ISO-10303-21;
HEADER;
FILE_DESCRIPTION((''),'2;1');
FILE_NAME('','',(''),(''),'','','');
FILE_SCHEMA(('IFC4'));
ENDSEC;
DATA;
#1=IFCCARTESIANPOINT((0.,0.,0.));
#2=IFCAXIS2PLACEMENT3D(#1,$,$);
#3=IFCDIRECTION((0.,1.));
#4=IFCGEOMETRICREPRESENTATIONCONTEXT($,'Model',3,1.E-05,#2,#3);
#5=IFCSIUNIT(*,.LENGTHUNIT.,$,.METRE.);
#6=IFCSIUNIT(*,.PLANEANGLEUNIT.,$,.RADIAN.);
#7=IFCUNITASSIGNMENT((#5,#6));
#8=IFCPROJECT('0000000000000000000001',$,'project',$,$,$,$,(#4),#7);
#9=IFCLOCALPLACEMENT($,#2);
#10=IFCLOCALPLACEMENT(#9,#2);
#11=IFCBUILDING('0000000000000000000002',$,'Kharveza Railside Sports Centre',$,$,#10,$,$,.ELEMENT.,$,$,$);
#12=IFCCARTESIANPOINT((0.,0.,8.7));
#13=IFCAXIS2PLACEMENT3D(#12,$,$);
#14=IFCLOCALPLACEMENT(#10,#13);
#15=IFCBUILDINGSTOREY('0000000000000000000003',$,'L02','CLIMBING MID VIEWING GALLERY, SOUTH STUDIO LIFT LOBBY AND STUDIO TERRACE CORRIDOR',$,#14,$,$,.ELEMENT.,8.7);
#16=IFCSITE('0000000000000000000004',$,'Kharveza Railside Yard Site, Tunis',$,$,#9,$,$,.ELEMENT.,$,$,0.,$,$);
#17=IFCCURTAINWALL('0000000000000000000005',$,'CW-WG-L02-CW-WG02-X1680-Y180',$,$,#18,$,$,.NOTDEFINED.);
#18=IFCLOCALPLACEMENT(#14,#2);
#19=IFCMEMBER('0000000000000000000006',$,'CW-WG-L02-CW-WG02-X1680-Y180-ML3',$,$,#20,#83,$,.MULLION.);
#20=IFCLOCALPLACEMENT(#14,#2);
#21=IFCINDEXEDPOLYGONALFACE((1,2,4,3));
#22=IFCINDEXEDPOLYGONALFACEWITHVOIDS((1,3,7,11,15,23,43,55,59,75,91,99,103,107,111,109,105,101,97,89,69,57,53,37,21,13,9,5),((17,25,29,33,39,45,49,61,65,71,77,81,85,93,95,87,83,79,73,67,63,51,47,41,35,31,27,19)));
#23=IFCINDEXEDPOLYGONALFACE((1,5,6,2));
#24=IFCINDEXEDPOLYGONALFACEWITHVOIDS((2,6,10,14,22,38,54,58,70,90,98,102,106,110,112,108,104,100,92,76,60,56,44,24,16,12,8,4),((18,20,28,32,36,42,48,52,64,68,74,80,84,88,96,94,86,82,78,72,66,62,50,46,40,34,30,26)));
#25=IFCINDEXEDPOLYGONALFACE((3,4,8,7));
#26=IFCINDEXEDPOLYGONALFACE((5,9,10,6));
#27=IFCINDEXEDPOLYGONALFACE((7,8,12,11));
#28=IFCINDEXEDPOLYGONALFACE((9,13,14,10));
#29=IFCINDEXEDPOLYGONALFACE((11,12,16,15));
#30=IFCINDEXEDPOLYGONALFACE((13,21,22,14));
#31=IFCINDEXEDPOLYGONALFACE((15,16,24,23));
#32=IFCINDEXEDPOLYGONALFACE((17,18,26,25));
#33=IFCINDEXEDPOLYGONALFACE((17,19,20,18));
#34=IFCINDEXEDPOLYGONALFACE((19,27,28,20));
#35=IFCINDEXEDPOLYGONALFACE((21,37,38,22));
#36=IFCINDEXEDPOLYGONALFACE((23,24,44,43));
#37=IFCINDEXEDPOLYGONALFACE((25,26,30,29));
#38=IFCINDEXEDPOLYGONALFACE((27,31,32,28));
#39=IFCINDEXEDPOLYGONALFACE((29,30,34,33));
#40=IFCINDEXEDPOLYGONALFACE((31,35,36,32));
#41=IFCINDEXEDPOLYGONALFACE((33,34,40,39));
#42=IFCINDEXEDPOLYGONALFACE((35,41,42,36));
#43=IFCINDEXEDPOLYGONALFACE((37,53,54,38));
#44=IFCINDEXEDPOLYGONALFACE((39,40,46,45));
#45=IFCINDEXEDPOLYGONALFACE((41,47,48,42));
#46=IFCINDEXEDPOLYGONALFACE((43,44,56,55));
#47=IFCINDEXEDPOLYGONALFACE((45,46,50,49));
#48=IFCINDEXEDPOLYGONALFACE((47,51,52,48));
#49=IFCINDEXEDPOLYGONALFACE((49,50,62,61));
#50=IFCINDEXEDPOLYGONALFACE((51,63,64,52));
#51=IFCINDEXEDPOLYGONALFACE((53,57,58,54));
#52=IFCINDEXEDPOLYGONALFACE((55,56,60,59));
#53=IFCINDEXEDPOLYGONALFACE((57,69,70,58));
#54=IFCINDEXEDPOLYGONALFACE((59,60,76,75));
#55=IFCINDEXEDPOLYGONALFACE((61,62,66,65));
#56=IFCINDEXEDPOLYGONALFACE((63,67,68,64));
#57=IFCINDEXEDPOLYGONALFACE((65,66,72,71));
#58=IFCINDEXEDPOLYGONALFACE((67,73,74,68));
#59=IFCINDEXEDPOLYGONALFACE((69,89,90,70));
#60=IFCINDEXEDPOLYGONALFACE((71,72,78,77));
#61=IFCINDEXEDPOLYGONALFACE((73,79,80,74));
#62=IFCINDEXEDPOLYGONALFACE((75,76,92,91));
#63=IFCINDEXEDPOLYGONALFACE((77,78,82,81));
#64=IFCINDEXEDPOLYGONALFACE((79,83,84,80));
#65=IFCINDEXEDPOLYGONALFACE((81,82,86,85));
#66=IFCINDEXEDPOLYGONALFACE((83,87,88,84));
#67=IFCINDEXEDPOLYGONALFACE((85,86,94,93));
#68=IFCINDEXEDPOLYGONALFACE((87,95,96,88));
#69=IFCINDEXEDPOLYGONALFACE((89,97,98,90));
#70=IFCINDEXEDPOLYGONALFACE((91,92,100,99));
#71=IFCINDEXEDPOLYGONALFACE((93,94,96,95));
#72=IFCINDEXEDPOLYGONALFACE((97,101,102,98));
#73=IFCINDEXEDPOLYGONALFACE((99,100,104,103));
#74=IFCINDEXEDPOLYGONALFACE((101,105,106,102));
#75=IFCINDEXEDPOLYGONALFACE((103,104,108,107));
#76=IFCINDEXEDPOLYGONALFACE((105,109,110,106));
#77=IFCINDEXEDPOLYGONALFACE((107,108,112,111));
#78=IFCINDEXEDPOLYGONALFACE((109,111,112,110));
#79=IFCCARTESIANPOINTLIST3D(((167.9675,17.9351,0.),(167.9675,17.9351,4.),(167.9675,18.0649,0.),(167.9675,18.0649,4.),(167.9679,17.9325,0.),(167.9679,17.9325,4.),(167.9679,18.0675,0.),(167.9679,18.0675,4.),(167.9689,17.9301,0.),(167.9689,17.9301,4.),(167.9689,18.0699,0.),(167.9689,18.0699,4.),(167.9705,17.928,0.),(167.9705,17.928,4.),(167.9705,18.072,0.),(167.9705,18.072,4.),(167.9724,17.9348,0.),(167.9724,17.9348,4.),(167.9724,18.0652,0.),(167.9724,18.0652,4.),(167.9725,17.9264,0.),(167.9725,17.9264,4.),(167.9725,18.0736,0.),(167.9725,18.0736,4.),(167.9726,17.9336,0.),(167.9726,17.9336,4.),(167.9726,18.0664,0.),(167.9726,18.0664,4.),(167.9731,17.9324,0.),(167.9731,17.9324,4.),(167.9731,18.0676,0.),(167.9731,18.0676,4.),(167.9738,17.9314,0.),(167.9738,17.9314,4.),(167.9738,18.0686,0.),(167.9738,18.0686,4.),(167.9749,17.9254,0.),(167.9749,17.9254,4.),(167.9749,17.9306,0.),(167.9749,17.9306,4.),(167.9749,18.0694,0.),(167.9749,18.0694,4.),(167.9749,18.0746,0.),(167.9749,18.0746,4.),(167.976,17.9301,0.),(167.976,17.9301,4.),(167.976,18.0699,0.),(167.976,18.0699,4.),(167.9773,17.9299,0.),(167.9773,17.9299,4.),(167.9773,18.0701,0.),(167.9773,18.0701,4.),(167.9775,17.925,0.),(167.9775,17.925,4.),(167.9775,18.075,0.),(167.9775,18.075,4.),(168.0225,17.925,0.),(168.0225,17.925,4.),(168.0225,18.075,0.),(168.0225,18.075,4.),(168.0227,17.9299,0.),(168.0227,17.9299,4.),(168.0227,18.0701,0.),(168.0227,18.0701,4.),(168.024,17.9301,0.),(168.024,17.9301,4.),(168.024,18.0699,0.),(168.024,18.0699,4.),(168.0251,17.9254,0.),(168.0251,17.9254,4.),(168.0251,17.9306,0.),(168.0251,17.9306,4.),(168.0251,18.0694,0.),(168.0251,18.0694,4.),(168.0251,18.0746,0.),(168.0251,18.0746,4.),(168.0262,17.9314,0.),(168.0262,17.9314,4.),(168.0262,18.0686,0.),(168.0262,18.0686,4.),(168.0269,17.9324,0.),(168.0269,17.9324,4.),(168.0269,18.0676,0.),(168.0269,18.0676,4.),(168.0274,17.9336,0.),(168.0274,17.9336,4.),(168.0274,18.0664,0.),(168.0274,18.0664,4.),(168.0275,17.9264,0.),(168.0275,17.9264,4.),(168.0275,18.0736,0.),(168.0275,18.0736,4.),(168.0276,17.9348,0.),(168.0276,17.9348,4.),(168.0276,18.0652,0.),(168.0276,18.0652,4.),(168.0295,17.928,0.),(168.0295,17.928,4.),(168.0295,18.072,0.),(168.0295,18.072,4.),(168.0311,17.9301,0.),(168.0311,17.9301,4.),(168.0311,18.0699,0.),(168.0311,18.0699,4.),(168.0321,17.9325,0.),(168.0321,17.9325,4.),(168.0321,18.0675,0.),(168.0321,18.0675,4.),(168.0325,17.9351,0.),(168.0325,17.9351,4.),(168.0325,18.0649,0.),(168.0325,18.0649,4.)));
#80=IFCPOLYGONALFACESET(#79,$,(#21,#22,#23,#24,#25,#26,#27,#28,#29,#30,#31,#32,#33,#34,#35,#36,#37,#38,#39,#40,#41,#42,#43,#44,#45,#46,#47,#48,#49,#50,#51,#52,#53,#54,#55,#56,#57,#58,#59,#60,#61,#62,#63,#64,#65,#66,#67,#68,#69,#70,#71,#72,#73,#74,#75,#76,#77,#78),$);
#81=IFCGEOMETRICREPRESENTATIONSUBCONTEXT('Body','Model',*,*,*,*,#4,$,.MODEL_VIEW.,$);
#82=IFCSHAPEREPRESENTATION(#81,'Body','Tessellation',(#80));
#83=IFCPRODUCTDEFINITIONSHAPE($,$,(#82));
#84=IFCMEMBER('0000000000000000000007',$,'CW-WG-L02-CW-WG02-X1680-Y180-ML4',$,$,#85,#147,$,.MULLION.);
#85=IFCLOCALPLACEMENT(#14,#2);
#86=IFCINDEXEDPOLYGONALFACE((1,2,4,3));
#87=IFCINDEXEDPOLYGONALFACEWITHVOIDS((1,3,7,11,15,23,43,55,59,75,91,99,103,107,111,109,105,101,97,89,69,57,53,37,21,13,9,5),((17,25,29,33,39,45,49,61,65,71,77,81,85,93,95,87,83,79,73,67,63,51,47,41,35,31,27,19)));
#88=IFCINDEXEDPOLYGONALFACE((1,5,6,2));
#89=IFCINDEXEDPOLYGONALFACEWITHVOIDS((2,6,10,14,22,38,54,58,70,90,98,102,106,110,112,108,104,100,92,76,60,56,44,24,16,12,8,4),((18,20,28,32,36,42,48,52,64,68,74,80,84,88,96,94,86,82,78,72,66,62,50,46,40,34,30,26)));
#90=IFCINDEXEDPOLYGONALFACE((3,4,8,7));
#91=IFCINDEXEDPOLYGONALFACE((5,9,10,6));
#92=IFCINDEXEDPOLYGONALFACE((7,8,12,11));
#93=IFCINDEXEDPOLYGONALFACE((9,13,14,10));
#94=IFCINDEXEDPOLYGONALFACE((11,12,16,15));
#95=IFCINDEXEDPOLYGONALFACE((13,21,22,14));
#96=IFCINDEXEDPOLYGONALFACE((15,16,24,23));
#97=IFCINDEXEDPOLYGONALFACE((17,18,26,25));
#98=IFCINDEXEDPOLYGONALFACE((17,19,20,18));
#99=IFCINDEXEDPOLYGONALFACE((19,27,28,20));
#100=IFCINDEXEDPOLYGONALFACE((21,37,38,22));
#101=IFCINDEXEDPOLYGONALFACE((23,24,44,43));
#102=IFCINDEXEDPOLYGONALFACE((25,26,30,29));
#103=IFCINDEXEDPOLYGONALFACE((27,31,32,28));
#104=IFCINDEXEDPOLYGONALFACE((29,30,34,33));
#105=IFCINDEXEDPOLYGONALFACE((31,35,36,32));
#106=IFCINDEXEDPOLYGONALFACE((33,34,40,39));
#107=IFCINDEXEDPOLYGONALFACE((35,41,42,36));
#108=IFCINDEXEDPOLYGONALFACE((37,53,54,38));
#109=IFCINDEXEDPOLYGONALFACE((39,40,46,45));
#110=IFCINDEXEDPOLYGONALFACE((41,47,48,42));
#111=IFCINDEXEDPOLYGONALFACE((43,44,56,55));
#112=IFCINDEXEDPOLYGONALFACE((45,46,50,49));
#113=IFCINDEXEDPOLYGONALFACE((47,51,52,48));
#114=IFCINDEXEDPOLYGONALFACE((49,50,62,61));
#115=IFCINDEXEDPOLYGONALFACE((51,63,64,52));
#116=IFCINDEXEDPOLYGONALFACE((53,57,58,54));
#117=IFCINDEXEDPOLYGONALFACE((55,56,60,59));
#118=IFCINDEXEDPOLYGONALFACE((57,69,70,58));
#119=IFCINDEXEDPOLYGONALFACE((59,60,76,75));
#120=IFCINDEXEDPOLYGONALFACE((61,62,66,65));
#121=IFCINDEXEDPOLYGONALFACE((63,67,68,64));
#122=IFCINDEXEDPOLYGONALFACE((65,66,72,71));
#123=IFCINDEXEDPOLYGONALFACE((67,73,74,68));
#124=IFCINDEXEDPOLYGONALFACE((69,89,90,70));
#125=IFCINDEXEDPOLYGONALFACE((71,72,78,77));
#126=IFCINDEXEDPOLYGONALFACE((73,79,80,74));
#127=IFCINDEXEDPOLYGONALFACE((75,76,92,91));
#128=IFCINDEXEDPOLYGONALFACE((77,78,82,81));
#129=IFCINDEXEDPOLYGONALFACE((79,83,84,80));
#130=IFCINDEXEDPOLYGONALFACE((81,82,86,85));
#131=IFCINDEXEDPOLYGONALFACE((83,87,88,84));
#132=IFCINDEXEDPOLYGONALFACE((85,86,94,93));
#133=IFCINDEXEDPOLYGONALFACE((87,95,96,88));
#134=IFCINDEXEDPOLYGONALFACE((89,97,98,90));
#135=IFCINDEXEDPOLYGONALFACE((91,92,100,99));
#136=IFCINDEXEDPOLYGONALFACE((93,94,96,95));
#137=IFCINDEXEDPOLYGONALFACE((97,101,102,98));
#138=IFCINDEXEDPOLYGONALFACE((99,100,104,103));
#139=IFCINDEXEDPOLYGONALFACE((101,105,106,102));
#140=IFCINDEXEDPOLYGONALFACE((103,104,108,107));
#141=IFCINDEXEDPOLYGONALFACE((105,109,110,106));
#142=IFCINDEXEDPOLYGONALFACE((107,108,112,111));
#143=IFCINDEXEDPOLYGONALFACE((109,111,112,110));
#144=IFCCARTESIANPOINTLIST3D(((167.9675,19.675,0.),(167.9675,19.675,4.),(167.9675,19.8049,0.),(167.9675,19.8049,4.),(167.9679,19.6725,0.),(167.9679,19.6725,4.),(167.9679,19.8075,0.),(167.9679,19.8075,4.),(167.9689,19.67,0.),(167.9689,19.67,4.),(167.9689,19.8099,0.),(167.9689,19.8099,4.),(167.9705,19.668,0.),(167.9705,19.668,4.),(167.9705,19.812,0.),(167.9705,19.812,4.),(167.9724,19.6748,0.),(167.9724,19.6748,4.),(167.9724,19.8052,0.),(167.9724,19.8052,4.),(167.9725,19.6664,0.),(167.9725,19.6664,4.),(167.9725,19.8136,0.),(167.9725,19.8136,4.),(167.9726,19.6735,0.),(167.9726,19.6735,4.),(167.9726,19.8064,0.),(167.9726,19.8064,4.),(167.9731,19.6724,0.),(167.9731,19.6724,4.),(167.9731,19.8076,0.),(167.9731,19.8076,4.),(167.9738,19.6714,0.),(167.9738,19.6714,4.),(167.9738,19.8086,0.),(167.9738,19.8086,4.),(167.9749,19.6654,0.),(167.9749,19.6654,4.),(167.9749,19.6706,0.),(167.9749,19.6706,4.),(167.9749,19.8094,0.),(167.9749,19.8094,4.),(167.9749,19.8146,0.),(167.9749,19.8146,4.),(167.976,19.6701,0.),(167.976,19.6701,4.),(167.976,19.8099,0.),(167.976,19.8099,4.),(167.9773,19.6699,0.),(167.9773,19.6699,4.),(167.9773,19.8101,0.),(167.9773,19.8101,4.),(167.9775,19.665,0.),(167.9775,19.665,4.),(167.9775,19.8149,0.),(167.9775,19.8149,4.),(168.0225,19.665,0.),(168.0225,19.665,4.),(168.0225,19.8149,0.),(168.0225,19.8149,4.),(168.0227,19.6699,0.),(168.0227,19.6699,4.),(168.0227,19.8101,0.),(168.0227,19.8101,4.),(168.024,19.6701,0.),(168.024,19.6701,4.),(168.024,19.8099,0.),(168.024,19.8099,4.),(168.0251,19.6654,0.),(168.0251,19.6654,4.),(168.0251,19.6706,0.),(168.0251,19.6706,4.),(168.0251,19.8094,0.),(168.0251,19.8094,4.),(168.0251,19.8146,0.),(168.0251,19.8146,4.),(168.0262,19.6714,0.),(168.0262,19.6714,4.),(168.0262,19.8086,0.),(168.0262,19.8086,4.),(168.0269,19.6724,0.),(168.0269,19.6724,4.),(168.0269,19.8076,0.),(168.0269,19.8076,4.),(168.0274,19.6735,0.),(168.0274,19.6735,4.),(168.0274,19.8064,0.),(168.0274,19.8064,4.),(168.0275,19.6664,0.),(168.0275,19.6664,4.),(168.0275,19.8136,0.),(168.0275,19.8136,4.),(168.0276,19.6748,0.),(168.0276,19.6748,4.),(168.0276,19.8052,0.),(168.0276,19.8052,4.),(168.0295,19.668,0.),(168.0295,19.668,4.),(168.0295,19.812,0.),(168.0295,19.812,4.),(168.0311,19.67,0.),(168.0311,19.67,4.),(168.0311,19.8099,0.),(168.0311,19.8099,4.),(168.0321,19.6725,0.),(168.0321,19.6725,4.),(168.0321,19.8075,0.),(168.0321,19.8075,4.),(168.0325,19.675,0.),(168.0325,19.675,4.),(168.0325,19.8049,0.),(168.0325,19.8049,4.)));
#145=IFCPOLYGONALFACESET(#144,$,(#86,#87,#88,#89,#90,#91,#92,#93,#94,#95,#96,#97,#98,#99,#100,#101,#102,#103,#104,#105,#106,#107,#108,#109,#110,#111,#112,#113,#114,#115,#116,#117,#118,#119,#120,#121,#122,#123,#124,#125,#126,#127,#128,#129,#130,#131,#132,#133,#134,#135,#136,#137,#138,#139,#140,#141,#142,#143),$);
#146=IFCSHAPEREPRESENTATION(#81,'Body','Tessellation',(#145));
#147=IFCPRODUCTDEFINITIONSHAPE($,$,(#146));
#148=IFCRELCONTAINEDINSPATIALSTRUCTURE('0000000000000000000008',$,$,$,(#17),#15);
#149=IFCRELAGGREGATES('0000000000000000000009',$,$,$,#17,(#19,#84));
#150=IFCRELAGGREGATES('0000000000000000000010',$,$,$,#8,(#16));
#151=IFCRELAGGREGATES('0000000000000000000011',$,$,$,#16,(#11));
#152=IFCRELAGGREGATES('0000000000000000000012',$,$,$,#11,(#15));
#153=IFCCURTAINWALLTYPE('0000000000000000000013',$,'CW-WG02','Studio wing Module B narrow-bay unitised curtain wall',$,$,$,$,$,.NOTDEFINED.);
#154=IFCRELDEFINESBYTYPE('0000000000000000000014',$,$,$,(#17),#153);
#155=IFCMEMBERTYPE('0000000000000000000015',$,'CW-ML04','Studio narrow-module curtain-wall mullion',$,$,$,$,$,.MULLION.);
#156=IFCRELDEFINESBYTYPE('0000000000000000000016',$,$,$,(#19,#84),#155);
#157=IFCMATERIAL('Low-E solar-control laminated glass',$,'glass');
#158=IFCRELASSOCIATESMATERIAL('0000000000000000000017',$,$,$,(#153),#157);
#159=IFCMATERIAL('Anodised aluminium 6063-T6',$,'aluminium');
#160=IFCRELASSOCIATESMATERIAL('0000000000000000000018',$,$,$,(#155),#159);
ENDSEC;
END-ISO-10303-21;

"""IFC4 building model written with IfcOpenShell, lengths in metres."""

from ifc_helpers import new_model, si_unit, direction, frame, origin, origin_2d, place, context, subcontext, project, spatial, hollow_rectangle, extrude, material, material_profile, profile_set, type_object, element, aggregate, save


model = new_model("IFC4")

# Units and contexts
model_context = context("Model", 3, precision=1e-05, world=origin(), true_north=direction((0.0, 1.0)))
body_context = subcontext(model_context, "Body", "Model", "MODEL_VIEW")
ifc_project = project(units=[si_unit("LENGTHUNIT", "METRE"), si_unit("PLANEANGLEUNIT", "RADIAN")], contexts=[model_context])

# Site, building, storey
site_placement = place(None, origin())
site = spatial("IfcSite", under=ifc_project, at=site_placement, Name="Kharveza Railside Yard Site, Tunis", CompositionType="ELEMENT", RefElevation=0.0)
building_placement = place(site_placement, origin())
building = spatial("IfcBuilding", under=site, at=building_placement, Name="Kharveza Railside Sports Centre", CompositionType="ELEMENT")
storey_placement = place(building_placement, frame((0.0, 0.0, 8.7)))
storey = spatial("IfcBuildingStorey", under=building, at=storey_placement, Name="L02", Description="CLIMBING MID VIEWING GALLERY, SOUTH STUDIO LIFT LOBBY AND STUDIO TERRACE CORRIDOR", CompositionType="ELEMENT", Elevation=8.7)

# Curtain wall, members
ifc_material_1 = material(Name="Low-E solar-control laminated glass", Category="glass")
curtain_wall_type = type_object("IfcCurtainWallType", Name="CW-WG02", Description="Studio wing Module B narrow-bay unitised curtain wall", PredefinedType="NOTDEFINED", material=ifc_material_1)
curtain_wall_placement = place(storey_placement, origin())
curtain_wall = element("IfcCurtainWall", 1, at=curtain_wall_placement, inside=storey, type_object=curtain_wall_type, Name="CW-WG-L02-CW-WG02-X1680-Y180", PredefinedType="NOTDEFINED")
ifc_material_2 = material(Name="Anodised aluminium 6063-T6", Category="aluminium")
ifc_material_profile_1 = material_profile(ifc_material_2, hollow_rectangle(XDim=0.0649, YDim=0.1499, WallThickness=0.0049, InnerFilletRadius=0.0049, OuterFilletRadius=0.01, at=origin_2d()), Name="RHS 65x150x5.0")
ifc_profile_set_1 = profile_set([ifc_material_profile_1], Name="Anodised aluminium 6063-T6")
member_type_1 = type_object("IfcMemberType", Name="CW-ML04", Description="Studio narrow-module curtain-wall mullion", PredefinedType="MULLION", material=ifc_profile_set_1)
member_1_placement = place(storey_placement, frame((168.0, 18.0, 0.0), z_axis=(0.0, 0.0, 1.0), x_axis=(1.0, 0.0, 0.0)))
member_1 = element("IfcMember", 2, at=member_1_placement, type_object=member_type_1, Name="CW-WG-L02-CW-WG02-X1680-Y180-ML3", PredefinedType="MULLION", context=body_context, shape_type="SweptSolid", body=[
    extrude(hollow_rectangle(XDim=0.0649, YDim=0.1499, WallThickness=0.0049, InnerFilletRadius=0.0049, OuterFilletRadius=0.01, at=origin_2d()), origin(), (0.0, 0.0, 1.0), 4.0),
])
member_2_placement = place(storey_placement, frame((168.0, 19.74, 0.0), z_axis=(0.0, 0.0, 1.0), x_axis=(1.0, 0.0, 0.0)))
member_2 = element("IfcMember", 3, at=member_2_placement, type_object=member_type_1, Name="CW-WG-L02-CW-WG02-X1680-Y180-ML4", PredefinedType="MULLION", context=body_context, shape_type="SweptSolid", body=[
    extrude(hollow_rectangle(XDim=0.0649, YDim=0.1499, WallThickness=0.0049, InnerFilletRadius=0.0049, OuterFilletRadius=0.01, at=origin_2d()), origin(), (0.0, 0.0, 1.0), 4.0),
])
aggregate(curtain_wall, [member_1, member_2])

save(model, "model.ifc")
